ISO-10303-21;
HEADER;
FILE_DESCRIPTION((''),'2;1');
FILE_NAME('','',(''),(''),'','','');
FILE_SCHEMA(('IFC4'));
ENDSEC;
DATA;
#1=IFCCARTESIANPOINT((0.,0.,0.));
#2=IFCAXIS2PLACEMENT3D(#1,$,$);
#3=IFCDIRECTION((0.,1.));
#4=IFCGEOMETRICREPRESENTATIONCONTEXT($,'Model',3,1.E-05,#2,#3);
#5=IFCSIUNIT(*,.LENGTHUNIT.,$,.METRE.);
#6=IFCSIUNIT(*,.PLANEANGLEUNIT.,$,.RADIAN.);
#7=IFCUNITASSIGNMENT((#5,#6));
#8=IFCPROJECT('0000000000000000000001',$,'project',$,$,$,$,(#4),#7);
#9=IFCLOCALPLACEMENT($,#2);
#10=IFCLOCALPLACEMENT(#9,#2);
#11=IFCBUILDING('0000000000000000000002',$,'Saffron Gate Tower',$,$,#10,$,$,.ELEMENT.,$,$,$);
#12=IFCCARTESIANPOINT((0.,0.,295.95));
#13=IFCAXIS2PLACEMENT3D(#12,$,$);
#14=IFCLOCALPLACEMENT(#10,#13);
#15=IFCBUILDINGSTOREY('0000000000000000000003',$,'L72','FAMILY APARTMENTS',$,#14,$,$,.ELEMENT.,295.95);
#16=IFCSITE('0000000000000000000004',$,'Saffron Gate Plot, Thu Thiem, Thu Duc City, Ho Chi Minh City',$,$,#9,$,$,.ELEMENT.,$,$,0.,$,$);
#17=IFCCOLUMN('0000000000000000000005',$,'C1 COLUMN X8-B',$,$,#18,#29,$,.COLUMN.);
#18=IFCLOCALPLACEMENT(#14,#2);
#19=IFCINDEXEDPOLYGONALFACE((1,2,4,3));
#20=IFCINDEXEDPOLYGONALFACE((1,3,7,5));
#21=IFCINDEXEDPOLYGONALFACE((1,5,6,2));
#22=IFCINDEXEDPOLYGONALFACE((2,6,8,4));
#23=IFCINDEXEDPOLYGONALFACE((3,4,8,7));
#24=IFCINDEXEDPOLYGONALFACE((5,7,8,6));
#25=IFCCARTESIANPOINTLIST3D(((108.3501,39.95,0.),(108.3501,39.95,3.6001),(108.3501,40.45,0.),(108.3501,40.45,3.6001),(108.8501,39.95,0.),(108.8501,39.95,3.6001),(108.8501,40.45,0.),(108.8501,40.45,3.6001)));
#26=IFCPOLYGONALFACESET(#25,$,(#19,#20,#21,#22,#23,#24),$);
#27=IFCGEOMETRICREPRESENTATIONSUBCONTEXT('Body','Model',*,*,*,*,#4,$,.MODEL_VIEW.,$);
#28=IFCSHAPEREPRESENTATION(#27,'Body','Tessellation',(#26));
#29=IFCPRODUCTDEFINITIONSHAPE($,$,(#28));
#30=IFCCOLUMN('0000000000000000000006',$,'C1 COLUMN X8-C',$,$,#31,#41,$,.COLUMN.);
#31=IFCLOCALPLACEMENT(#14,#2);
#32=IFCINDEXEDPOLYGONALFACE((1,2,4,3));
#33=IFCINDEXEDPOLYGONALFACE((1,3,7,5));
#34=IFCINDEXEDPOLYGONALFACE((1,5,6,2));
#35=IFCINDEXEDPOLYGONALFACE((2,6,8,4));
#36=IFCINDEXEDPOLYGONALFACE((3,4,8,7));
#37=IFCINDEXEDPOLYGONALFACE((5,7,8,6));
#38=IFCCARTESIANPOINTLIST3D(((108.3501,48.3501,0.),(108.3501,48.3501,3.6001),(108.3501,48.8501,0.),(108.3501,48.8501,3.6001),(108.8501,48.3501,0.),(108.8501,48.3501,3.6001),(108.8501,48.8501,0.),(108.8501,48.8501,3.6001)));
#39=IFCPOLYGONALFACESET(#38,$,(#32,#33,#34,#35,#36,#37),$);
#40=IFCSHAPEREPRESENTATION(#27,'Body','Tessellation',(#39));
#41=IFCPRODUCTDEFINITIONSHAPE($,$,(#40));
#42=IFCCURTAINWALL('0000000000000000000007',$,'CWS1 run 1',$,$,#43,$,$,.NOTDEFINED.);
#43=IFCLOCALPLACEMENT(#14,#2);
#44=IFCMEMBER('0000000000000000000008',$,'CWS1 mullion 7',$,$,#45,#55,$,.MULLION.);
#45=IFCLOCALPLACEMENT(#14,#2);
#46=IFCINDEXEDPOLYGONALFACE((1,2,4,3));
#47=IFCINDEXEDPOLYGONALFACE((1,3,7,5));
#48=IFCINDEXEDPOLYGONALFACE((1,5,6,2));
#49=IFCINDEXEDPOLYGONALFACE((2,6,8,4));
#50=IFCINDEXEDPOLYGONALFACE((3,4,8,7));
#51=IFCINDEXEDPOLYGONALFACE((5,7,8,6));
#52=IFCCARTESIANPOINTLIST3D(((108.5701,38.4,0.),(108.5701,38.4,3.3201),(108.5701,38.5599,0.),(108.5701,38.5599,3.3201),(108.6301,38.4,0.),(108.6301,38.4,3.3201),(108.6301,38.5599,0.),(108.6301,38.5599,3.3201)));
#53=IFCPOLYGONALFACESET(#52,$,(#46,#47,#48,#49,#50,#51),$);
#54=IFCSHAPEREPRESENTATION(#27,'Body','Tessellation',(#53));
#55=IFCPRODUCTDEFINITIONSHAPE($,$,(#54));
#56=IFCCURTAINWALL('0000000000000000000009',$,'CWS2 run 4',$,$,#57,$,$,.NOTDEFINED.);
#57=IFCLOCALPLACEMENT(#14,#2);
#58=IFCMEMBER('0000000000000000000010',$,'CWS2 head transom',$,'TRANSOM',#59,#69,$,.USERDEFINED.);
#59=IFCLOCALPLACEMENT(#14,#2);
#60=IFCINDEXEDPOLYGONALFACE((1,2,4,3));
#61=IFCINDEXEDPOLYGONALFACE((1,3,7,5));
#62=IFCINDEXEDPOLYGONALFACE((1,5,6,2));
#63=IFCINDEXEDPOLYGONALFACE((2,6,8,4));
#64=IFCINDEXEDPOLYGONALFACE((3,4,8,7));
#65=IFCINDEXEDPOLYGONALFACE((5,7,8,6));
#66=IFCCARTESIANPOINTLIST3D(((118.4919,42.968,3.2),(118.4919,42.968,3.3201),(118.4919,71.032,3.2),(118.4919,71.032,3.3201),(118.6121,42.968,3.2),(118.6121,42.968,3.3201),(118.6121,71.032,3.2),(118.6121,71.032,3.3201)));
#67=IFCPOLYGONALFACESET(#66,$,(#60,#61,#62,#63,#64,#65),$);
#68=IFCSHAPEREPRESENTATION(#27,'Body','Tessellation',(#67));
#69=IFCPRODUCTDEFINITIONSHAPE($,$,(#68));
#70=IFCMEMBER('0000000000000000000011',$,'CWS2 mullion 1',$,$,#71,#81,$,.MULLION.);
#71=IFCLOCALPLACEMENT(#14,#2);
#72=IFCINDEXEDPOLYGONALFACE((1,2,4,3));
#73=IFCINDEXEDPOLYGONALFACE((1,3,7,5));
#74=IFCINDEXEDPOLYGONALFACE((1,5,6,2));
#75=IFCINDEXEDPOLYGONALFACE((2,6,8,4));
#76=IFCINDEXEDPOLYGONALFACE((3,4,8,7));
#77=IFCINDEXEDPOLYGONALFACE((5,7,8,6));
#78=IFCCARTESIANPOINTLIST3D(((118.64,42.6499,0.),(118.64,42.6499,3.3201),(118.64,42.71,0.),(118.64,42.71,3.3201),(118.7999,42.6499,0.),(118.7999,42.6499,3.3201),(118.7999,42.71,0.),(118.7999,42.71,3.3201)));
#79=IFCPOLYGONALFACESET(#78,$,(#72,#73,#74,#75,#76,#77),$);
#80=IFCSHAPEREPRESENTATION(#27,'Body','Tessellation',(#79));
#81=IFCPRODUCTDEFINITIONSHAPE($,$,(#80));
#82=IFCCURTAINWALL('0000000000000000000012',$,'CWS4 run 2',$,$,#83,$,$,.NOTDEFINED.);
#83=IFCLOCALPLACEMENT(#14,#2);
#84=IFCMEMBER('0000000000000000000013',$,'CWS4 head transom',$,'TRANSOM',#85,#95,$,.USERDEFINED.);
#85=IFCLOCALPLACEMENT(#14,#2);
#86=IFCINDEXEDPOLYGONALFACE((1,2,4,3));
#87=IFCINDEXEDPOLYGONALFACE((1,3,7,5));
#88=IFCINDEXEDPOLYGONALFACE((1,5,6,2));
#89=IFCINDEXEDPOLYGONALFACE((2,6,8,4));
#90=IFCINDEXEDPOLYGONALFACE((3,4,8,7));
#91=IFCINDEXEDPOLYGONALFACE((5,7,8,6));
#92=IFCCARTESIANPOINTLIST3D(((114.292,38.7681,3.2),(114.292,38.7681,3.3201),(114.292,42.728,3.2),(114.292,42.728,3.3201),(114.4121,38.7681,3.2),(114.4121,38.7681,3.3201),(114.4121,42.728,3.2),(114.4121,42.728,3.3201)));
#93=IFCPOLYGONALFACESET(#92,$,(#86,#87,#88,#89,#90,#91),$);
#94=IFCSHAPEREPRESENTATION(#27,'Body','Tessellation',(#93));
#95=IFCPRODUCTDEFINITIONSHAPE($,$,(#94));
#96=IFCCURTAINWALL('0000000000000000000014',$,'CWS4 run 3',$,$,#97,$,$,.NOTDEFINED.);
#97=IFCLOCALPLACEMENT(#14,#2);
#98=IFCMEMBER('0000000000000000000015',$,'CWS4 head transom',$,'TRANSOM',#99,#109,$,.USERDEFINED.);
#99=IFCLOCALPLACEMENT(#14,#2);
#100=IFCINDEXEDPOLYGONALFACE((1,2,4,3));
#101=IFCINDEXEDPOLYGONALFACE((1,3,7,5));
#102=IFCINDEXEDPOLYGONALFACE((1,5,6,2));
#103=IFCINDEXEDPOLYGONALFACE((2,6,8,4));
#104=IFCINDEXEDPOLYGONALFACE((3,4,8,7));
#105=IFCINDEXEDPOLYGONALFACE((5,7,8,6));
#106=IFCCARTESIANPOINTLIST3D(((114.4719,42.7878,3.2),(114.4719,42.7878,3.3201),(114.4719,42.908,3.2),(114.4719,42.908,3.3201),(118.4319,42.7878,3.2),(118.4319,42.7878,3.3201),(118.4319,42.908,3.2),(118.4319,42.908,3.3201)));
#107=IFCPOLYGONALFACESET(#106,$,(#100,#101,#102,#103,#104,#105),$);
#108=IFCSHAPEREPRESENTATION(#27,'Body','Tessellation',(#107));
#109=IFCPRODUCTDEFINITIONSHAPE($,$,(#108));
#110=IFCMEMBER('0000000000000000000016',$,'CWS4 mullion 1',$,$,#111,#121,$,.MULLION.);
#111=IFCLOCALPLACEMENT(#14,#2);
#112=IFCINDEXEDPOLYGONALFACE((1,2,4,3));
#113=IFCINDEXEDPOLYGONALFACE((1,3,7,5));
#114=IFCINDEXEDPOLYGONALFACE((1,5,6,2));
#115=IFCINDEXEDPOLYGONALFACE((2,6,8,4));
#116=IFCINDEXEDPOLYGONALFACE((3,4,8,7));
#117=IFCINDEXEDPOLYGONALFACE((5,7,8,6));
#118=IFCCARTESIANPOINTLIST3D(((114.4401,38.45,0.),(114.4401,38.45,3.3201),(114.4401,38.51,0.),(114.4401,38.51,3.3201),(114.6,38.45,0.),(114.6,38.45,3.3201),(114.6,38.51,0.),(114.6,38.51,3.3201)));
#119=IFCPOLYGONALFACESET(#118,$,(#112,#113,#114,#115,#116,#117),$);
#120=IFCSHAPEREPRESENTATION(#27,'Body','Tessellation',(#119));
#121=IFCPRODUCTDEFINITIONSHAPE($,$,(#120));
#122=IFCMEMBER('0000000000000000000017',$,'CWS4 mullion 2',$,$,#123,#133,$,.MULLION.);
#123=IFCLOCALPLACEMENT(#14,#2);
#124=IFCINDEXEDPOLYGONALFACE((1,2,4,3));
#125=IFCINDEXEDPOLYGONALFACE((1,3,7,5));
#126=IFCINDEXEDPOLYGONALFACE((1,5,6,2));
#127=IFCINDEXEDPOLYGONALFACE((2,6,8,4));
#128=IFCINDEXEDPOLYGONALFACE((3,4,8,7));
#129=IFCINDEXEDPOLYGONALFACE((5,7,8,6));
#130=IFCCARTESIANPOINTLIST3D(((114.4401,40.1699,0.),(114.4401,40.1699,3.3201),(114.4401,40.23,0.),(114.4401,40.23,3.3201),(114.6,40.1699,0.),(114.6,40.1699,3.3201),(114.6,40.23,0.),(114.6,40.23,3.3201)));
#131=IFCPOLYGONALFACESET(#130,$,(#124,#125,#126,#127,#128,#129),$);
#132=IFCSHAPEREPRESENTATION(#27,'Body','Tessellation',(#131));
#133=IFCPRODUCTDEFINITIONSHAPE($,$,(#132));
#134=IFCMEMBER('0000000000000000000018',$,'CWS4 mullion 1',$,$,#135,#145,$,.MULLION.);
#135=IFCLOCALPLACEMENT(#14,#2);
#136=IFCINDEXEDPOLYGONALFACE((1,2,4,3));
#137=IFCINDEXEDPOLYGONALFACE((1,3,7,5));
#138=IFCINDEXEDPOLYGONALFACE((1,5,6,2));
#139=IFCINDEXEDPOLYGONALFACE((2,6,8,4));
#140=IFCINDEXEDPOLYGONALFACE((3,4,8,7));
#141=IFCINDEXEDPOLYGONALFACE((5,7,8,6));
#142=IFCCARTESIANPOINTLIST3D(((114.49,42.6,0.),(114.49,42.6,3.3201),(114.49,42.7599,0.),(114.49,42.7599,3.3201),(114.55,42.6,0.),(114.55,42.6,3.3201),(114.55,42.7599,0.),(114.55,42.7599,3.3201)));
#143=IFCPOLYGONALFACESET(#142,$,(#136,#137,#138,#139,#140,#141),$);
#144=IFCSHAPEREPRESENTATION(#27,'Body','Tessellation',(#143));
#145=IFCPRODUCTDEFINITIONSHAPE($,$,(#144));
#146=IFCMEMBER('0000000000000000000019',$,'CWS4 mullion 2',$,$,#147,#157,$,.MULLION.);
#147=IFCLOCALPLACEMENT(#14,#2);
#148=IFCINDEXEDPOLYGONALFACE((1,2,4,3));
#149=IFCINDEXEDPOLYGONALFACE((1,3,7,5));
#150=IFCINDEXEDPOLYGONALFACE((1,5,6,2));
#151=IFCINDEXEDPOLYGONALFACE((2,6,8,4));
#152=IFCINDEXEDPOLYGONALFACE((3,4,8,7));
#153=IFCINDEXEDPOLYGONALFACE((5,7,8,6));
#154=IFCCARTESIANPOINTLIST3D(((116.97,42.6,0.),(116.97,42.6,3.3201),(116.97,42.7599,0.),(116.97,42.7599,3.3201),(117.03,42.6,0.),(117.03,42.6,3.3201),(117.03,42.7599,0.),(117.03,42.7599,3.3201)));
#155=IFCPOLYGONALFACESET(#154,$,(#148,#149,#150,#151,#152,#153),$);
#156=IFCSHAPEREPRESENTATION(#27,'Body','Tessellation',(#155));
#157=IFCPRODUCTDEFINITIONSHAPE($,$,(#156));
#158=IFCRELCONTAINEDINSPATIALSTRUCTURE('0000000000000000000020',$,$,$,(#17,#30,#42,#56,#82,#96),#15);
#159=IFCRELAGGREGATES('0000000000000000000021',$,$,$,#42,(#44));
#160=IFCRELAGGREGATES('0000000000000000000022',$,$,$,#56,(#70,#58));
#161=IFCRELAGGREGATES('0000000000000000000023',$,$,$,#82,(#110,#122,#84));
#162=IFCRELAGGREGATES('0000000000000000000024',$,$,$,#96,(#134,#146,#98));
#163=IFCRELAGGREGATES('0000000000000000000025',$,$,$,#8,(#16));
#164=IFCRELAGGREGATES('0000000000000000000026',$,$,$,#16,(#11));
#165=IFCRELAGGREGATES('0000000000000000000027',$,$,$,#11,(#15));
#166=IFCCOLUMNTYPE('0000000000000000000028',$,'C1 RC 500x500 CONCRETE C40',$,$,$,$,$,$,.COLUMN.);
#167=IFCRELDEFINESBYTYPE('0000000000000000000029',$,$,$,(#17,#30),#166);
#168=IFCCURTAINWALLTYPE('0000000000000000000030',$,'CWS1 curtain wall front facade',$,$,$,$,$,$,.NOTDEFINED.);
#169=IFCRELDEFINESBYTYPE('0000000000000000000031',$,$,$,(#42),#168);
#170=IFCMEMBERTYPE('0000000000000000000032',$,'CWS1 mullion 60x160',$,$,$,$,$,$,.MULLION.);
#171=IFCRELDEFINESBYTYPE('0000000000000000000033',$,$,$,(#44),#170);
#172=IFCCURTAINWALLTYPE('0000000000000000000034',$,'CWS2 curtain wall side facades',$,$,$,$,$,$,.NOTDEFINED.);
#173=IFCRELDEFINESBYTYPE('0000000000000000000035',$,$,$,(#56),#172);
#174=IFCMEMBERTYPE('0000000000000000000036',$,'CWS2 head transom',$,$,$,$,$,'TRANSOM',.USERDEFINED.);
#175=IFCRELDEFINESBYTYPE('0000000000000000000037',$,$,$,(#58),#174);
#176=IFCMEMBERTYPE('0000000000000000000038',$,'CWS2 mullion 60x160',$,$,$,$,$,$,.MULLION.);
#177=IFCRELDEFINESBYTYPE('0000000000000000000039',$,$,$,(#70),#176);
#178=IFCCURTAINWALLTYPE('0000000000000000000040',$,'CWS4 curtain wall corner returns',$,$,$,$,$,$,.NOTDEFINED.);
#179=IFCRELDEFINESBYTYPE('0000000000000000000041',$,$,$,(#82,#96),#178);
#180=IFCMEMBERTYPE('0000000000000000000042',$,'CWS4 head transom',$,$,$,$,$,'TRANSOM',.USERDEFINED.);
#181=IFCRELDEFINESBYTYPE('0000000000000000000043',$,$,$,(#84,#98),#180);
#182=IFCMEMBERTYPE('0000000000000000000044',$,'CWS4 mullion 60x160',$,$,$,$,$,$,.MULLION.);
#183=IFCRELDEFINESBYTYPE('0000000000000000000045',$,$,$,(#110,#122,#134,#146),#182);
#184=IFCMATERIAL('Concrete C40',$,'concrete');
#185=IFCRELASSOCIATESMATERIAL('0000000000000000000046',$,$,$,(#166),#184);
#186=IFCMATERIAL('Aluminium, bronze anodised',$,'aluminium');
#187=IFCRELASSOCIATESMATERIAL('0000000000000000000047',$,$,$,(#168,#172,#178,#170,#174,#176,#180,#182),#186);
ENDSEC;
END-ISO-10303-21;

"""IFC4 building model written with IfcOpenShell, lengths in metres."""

from ifc_helpers import new_model, si_unit, direction, frame, origin, origin_2d, place, context, subcontext, project, spatial, rectangle, extrude, material, material_profile, profile_set, type_object, element, aggregate, save


model = new_model("IFC4")

# Units and contexts
model_context = context("Model", 3, precision=1e-05, world=origin(), true_north=direction((0.0, 1.0)))
body_context = subcontext(model_context, "Body", "Model", "MODEL_VIEW")
ifc_project = project(units=[si_unit("LENGTHUNIT", "METRE"), si_unit("PLANEANGLEUNIT", "RADIAN")], contexts=[model_context])

# Site, building, storey
site_placement = place(None, origin())
site = spatial("IfcSite", under=ifc_project, at=site_placement, Name="Saffron Gate Plot, Thu Thiem, Thu Duc City, Ho Chi Minh City", CompositionType="ELEMENT", RefElevation=0.0)
building_placement = place(site_placement, origin())
building = spatial("IfcBuilding", under=site, at=building_placement, Name="Saffron Gate Tower", CompositionType="ELEMENT")
storey_placement = place(building_placement, frame((0.0, 0.0, 295.95)))
storey = spatial("IfcBuildingStorey", under=building, at=storey_placement, Name="L72", Description="FAMILY APARTMENTS", CompositionType="ELEMENT", Elevation=295.95)

# Columns
ifc_material_1 = material(Name="Concrete C40", Category="concrete")
ifc_material_profile_1 = material_profile(ifc_material_1, rectangle(XDim=0.5, YDim=0.5, at=origin_2d()))
ifc_profile_set_1 = profile_set([ifc_material_profile_1], Name="Concrete C40")
column_type = type_object("IfcColumnType", Name="C1 RC 500x500 CONCRETE C40", PredefinedType="COLUMN", material=ifc_profile_set_1)
for number, where, z_axis, x_axis, name in (
    (1, (108.6001, 40.2, 0.0), (0.0, 0.0, 1.0), (1.0, 0.0, 0.0), "C1 COLUMN X8-B"),
    (2, (108.6001, 48.6001, 0.0), (0.0, 0.0, 1.0), (1.0, 0.0, 0.0), "C1 COLUMN X8-C"),
):
    element("IfcColumn", number, at=place(storey_placement, frame(where, z_axis=z_axis, x_axis=x_axis)), inside=storey, type_object=column_type, Name=name, PredefinedType="COLUMN", context=body_context, shape_type="SweptSolid", body=[
        extrude(rectangle(XDim=0.5, YDim=0.5, at=origin_2d()), origin(), (0.0, 0.0, 1.0), 3.6001),
    ])

# Curtain wall, member
ifc_material_2 = material(Name="Aluminium, bronze anodised", Category="aluminium")
curtain_wall_type_1 = type_object("IfcCurtainWallType", Name="CWS1 curtain wall front facade", PredefinedType="NOTDEFINED", material=ifc_material_2)
curtain_wall_1_placement = place(storey_placement, origin())
curtain_wall_1 = element("IfcCurtainWall", 3, at=curtain_wall_1_placement, inside=storey, type_object=curtain_wall_type_1, Name="CWS1 run 1", PredefinedType="NOTDEFINED")
ifc_material_profile_2 = material_profile(ifc_material_2, rectangle(XDim=0.1599, YDim=0.0601, at=origin_2d()))
ifc_profile_set_2 = profile_set([ifc_material_profile_2], Name="Aluminium, bronze anodised")
member_type_1 = type_object("IfcMemberType", Name="CWS1 mullion 60x160", PredefinedType="MULLION", material=ifc_profile_set_2)
member_1_placement = place(storey_placement, frame((108.6001, 38.48, 0.0), z_axis=(0.0, 0.0, 1.0), x_axis=(0.0, 1.0, 0.0)))
member_1 = element("IfcMember", 4, at=member_1_placement, type_object=member_type_1, Name="CWS1 mullion 7", PredefinedType="MULLION", context=body_context, shape_type="SweptSolid", body=[
    extrude(rectangle(XDim=0.1599, YDim=0.0601, at=origin_2d()), origin(), (0.0, 0.0, 1.0), 3.3201),
])
aggregate(curtain_wall_1, [member_1])

# Curtain wall, members
curtain_wall_type_2 = type_object("IfcCurtainWallType", Name="CWS2 curtain wall side facades", PredefinedType="NOTDEFINED", material=ifc_material_2)
curtain_wall_2_placement = place(storey_placement, origin())
curtain_wall_2 = element("IfcCurtainWall", 5, at=curtain_wall_2_placement, inside=storey, type_object=curtain_wall_type_2, Name="CWS2 run 4", PredefinedType="NOTDEFINED")
ifc_material_profile_3 = material_profile(ifc_material_2, rectangle(XDim=0.1201, YDim=0.1201, at=origin_2d()))
ifc_profile_set_3 = profile_set([ifc_material_profile_3], Name="Aluminium, bronze anodised")
member_type_2 = type_object("IfcMemberType", Name="CWS2 head transom", ElementType="TRANSOM", PredefinedType="USERDEFINED", material=ifc_profile_set_3)
member_2_placement = place(storey_placement, frame((118.552, 42.968, 3.26), z_axis=(0.0, 1.0, 0.0), x_axis=(-1.0, 0.0, 0.0)))
member_2 = element("IfcMember", 6, at=member_2_placement, type_object=member_type_2, Name="CWS2 head transom", ObjectType="TRANSOM", PredefinedType="USERDEFINED", context=body_context, shape_type="SweptSolid", body=[
    extrude(rectangle(XDim=0.1201, YDim=0.1201, at=origin_2d()), origin(), (0.0, 0.0, 1.0), 28.064),
])
ifc_material_profile_4 = material_profile(ifc_material_2, rectangle(XDim=0.1599, YDim=0.0601, at=origin_2d()))
ifc_profile_set_4 = profile_set([ifc_material_profile_4], Name="Aluminium, bronze anodised")
member_type_3 = type_object("IfcMemberType", Name="CWS2 mullion 60x160", PredefinedType="MULLION", material=ifc_profile_set_4)
member_3_placement = place(storey_placement, frame((118.72, 42.6799, 0.0), z_axis=(0.0, 0.0, 1.0), x_axis=(-1.0, 0.0, 0.0)))
member_3 = element("IfcMember", 7, at=member_3_placement, type_object=member_type_3, Name="CWS2 mullion 1", PredefinedType="MULLION", context=body_context, shape_type="SweptSolid", body=[
    extrude(rectangle(XDim=0.1599, YDim=0.0601, at=origin_2d()), origin(), (0.0, 0.0, 1.0), 3.3201),
])

# Curtain walls, members
curtain_wall_type_3 = type_object("IfcCurtainWallType", Name="CWS4 curtain wall corner returns", PredefinedType="NOTDEFINED", material=ifc_material_2)
curtain_wall_3_placement = place(storey_placement, origin())
curtain_wall_3 = element("IfcCurtainWall", 8, at=curtain_wall_3_placement, inside=storey, type_object=curtain_wall_type_3, Name="CWS4 run 2", PredefinedType="NOTDEFINED")
ifc_material_profile_5 = material_profile(ifc_material_2, rectangle(XDim=0.1201, YDim=0.1201, at=origin_2d()))
ifc_profile_set_5 = profile_set([ifc_material_profile_5], Name="Aluminium, bronze anodised")
member_type_4 = type_object("IfcMemberType", Name="CWS4 head transom", ElementType="TRANSOM", PredefinedType="USERDEFINED", material=ifc_profile_set_5)
member_4_placement = place(storey_placement, frame((114.3521, 38.7681, 3.26), z_axis=(0.0, 1.0, 0.0), x_axis=(-1.0, 0.0, 0.0)))
member_4 = element("IfcMember", 9, at=member_4_placement, type_object=member_type_4, Name="CWS4 head transom", ObjectType="TRANSOM", PredefinedType="USERDEFINED", context=body_context, shape_type="SweptSolid", body=[
    extrude(rectangle(XDim=0.1201, YDim=0.1201, at=origin_2d()), origin(), (0.0, 0.0, 1.0), 3.96),
])
curtain_wall_4_placement = place(storey_placement, origin())
curtain_wall_4 = element("IfcCurtainWall", 10, at=curtain_wall_4_placement, inside=storey, type_object=curtain_wall_type_3, Name="CWS4 run 3", PredefinedType="NOTDEFINED")
member_5_placement = place(storey_placement, frame((114.4719, 42.8479, 3.26), z_axis=(1.0, 0.0, 0.0), x_axis=(0.0, 1.0, 0.0)))
member_5 = element("IfcMember", 11, at=member_5_placement, type_object=member_type_4, Name="CWS4 head transom", ObjectType="TRANSOM", PredefinedType="USERDEFINED", context=body_context, shape_type="SweptSolid", body=[
    extrude(rectangle(XDim=0.1201, YDim=0.1201, at=origin_2d()), origin(), (0.0, 0.0, 1.0), 3.96),
])

# Members
ifc_material_profile_6 = material_profile(ifc_material_2, rectangle(XDim=0.1599, YDim=0.0601, at=origin_2d()))
ifc_profile_set_6 = profile_set([ifc_material_profile_6], Name="Aluminium, bronze anodised")
member_type_5 = type_object("IfcMemberType", Name="CWS4 mullion 60x160", PredefinedType="MULLION", material=ifc_profile_set_6)
member_6_placement = place(storey_placement, frame((114.52, 38.48, 0.0), z_axis=(0.0, 0.0, 1.0), x_axis=(-1.0, 0.0, 0.0)))
member_6 = element("IfcMember", 12, at=member_6_placement, type_object=member_type_5, Name="CWS4 mullion 1", PredefinedType="MULLION", context=body_context, shape_type="SweptSolid", body=[
    extrude(rectangle(XDim=0.1599, YDim=0.0601, at=origin_2d()), origin(), (0.0, 0.0, 1.0), 3.3201),
])
member_7_placement = place(storey_placement, frame((114.52, 40.2, 0.0), z_axis=(0.0, 0.0, 1.0), x_axis=(-1.0, 0.0, 0.0)))
member_7 = element("IfcMember", 13, at=member_7_placement, type_object=member_type_5, Name="CWS4 mullion 2", PredefinedType="MULLION", context=body_context, shape_type="SweptSolid", body=[
    extrude(rectangle(XDim=0.1599, YDim=0.0601, at=origin_2d()), origin(), (0.0, 0.0, 1.0), 3.3201),
])
member_8_placement = place(storey_placement, frame((114.52, 42.6799, 0.0), z_axis=(0.0, 0.0, 1.0), x_axis=(0.0, 1.0, 0.0)))
member_8 = element("IfcMember", 14, at=member_8_placement, type_object=member_type_5, Name="CWS4 mullion 1", PredefinedType="MULLION", context=body_context, shape_type="SweptSolid", body=[
    extrude(rectangle(XDim=0.1599, YDim=0.0601, at=origin_2d()), origin(), (0.0, 0.0, 1.0), 3.3201),
])
member_9_placement = place(storey_placement, frame((117.0, 42.6799, 0.0), z_axis=(0.0, 0.0, 1.0), x_axis=(0.0, 1.0, 0.0)))
member_9 = element("IfcMember", 15, at=member_9_placement, type_object=member_type_5, Name="CWS4 mullion 2", PredefinedType="MULLION", context=body_context, shape_type="SweptSolid", body=[
    extrude(rectangle(XDim=0.1599, YDim=0.0601, at=origin_2d()), origin(), (0.0, 0.0, 1.0), 3.3201),
])

aggregate(curtain_wall_2, [member_3, member_2])

aggregate(curtain_wall_3, [member_6, member_7, member_4])
aggregate(curtain_wall_4, [member_8, member_9, member_5])

save(model, "model.ifc")
